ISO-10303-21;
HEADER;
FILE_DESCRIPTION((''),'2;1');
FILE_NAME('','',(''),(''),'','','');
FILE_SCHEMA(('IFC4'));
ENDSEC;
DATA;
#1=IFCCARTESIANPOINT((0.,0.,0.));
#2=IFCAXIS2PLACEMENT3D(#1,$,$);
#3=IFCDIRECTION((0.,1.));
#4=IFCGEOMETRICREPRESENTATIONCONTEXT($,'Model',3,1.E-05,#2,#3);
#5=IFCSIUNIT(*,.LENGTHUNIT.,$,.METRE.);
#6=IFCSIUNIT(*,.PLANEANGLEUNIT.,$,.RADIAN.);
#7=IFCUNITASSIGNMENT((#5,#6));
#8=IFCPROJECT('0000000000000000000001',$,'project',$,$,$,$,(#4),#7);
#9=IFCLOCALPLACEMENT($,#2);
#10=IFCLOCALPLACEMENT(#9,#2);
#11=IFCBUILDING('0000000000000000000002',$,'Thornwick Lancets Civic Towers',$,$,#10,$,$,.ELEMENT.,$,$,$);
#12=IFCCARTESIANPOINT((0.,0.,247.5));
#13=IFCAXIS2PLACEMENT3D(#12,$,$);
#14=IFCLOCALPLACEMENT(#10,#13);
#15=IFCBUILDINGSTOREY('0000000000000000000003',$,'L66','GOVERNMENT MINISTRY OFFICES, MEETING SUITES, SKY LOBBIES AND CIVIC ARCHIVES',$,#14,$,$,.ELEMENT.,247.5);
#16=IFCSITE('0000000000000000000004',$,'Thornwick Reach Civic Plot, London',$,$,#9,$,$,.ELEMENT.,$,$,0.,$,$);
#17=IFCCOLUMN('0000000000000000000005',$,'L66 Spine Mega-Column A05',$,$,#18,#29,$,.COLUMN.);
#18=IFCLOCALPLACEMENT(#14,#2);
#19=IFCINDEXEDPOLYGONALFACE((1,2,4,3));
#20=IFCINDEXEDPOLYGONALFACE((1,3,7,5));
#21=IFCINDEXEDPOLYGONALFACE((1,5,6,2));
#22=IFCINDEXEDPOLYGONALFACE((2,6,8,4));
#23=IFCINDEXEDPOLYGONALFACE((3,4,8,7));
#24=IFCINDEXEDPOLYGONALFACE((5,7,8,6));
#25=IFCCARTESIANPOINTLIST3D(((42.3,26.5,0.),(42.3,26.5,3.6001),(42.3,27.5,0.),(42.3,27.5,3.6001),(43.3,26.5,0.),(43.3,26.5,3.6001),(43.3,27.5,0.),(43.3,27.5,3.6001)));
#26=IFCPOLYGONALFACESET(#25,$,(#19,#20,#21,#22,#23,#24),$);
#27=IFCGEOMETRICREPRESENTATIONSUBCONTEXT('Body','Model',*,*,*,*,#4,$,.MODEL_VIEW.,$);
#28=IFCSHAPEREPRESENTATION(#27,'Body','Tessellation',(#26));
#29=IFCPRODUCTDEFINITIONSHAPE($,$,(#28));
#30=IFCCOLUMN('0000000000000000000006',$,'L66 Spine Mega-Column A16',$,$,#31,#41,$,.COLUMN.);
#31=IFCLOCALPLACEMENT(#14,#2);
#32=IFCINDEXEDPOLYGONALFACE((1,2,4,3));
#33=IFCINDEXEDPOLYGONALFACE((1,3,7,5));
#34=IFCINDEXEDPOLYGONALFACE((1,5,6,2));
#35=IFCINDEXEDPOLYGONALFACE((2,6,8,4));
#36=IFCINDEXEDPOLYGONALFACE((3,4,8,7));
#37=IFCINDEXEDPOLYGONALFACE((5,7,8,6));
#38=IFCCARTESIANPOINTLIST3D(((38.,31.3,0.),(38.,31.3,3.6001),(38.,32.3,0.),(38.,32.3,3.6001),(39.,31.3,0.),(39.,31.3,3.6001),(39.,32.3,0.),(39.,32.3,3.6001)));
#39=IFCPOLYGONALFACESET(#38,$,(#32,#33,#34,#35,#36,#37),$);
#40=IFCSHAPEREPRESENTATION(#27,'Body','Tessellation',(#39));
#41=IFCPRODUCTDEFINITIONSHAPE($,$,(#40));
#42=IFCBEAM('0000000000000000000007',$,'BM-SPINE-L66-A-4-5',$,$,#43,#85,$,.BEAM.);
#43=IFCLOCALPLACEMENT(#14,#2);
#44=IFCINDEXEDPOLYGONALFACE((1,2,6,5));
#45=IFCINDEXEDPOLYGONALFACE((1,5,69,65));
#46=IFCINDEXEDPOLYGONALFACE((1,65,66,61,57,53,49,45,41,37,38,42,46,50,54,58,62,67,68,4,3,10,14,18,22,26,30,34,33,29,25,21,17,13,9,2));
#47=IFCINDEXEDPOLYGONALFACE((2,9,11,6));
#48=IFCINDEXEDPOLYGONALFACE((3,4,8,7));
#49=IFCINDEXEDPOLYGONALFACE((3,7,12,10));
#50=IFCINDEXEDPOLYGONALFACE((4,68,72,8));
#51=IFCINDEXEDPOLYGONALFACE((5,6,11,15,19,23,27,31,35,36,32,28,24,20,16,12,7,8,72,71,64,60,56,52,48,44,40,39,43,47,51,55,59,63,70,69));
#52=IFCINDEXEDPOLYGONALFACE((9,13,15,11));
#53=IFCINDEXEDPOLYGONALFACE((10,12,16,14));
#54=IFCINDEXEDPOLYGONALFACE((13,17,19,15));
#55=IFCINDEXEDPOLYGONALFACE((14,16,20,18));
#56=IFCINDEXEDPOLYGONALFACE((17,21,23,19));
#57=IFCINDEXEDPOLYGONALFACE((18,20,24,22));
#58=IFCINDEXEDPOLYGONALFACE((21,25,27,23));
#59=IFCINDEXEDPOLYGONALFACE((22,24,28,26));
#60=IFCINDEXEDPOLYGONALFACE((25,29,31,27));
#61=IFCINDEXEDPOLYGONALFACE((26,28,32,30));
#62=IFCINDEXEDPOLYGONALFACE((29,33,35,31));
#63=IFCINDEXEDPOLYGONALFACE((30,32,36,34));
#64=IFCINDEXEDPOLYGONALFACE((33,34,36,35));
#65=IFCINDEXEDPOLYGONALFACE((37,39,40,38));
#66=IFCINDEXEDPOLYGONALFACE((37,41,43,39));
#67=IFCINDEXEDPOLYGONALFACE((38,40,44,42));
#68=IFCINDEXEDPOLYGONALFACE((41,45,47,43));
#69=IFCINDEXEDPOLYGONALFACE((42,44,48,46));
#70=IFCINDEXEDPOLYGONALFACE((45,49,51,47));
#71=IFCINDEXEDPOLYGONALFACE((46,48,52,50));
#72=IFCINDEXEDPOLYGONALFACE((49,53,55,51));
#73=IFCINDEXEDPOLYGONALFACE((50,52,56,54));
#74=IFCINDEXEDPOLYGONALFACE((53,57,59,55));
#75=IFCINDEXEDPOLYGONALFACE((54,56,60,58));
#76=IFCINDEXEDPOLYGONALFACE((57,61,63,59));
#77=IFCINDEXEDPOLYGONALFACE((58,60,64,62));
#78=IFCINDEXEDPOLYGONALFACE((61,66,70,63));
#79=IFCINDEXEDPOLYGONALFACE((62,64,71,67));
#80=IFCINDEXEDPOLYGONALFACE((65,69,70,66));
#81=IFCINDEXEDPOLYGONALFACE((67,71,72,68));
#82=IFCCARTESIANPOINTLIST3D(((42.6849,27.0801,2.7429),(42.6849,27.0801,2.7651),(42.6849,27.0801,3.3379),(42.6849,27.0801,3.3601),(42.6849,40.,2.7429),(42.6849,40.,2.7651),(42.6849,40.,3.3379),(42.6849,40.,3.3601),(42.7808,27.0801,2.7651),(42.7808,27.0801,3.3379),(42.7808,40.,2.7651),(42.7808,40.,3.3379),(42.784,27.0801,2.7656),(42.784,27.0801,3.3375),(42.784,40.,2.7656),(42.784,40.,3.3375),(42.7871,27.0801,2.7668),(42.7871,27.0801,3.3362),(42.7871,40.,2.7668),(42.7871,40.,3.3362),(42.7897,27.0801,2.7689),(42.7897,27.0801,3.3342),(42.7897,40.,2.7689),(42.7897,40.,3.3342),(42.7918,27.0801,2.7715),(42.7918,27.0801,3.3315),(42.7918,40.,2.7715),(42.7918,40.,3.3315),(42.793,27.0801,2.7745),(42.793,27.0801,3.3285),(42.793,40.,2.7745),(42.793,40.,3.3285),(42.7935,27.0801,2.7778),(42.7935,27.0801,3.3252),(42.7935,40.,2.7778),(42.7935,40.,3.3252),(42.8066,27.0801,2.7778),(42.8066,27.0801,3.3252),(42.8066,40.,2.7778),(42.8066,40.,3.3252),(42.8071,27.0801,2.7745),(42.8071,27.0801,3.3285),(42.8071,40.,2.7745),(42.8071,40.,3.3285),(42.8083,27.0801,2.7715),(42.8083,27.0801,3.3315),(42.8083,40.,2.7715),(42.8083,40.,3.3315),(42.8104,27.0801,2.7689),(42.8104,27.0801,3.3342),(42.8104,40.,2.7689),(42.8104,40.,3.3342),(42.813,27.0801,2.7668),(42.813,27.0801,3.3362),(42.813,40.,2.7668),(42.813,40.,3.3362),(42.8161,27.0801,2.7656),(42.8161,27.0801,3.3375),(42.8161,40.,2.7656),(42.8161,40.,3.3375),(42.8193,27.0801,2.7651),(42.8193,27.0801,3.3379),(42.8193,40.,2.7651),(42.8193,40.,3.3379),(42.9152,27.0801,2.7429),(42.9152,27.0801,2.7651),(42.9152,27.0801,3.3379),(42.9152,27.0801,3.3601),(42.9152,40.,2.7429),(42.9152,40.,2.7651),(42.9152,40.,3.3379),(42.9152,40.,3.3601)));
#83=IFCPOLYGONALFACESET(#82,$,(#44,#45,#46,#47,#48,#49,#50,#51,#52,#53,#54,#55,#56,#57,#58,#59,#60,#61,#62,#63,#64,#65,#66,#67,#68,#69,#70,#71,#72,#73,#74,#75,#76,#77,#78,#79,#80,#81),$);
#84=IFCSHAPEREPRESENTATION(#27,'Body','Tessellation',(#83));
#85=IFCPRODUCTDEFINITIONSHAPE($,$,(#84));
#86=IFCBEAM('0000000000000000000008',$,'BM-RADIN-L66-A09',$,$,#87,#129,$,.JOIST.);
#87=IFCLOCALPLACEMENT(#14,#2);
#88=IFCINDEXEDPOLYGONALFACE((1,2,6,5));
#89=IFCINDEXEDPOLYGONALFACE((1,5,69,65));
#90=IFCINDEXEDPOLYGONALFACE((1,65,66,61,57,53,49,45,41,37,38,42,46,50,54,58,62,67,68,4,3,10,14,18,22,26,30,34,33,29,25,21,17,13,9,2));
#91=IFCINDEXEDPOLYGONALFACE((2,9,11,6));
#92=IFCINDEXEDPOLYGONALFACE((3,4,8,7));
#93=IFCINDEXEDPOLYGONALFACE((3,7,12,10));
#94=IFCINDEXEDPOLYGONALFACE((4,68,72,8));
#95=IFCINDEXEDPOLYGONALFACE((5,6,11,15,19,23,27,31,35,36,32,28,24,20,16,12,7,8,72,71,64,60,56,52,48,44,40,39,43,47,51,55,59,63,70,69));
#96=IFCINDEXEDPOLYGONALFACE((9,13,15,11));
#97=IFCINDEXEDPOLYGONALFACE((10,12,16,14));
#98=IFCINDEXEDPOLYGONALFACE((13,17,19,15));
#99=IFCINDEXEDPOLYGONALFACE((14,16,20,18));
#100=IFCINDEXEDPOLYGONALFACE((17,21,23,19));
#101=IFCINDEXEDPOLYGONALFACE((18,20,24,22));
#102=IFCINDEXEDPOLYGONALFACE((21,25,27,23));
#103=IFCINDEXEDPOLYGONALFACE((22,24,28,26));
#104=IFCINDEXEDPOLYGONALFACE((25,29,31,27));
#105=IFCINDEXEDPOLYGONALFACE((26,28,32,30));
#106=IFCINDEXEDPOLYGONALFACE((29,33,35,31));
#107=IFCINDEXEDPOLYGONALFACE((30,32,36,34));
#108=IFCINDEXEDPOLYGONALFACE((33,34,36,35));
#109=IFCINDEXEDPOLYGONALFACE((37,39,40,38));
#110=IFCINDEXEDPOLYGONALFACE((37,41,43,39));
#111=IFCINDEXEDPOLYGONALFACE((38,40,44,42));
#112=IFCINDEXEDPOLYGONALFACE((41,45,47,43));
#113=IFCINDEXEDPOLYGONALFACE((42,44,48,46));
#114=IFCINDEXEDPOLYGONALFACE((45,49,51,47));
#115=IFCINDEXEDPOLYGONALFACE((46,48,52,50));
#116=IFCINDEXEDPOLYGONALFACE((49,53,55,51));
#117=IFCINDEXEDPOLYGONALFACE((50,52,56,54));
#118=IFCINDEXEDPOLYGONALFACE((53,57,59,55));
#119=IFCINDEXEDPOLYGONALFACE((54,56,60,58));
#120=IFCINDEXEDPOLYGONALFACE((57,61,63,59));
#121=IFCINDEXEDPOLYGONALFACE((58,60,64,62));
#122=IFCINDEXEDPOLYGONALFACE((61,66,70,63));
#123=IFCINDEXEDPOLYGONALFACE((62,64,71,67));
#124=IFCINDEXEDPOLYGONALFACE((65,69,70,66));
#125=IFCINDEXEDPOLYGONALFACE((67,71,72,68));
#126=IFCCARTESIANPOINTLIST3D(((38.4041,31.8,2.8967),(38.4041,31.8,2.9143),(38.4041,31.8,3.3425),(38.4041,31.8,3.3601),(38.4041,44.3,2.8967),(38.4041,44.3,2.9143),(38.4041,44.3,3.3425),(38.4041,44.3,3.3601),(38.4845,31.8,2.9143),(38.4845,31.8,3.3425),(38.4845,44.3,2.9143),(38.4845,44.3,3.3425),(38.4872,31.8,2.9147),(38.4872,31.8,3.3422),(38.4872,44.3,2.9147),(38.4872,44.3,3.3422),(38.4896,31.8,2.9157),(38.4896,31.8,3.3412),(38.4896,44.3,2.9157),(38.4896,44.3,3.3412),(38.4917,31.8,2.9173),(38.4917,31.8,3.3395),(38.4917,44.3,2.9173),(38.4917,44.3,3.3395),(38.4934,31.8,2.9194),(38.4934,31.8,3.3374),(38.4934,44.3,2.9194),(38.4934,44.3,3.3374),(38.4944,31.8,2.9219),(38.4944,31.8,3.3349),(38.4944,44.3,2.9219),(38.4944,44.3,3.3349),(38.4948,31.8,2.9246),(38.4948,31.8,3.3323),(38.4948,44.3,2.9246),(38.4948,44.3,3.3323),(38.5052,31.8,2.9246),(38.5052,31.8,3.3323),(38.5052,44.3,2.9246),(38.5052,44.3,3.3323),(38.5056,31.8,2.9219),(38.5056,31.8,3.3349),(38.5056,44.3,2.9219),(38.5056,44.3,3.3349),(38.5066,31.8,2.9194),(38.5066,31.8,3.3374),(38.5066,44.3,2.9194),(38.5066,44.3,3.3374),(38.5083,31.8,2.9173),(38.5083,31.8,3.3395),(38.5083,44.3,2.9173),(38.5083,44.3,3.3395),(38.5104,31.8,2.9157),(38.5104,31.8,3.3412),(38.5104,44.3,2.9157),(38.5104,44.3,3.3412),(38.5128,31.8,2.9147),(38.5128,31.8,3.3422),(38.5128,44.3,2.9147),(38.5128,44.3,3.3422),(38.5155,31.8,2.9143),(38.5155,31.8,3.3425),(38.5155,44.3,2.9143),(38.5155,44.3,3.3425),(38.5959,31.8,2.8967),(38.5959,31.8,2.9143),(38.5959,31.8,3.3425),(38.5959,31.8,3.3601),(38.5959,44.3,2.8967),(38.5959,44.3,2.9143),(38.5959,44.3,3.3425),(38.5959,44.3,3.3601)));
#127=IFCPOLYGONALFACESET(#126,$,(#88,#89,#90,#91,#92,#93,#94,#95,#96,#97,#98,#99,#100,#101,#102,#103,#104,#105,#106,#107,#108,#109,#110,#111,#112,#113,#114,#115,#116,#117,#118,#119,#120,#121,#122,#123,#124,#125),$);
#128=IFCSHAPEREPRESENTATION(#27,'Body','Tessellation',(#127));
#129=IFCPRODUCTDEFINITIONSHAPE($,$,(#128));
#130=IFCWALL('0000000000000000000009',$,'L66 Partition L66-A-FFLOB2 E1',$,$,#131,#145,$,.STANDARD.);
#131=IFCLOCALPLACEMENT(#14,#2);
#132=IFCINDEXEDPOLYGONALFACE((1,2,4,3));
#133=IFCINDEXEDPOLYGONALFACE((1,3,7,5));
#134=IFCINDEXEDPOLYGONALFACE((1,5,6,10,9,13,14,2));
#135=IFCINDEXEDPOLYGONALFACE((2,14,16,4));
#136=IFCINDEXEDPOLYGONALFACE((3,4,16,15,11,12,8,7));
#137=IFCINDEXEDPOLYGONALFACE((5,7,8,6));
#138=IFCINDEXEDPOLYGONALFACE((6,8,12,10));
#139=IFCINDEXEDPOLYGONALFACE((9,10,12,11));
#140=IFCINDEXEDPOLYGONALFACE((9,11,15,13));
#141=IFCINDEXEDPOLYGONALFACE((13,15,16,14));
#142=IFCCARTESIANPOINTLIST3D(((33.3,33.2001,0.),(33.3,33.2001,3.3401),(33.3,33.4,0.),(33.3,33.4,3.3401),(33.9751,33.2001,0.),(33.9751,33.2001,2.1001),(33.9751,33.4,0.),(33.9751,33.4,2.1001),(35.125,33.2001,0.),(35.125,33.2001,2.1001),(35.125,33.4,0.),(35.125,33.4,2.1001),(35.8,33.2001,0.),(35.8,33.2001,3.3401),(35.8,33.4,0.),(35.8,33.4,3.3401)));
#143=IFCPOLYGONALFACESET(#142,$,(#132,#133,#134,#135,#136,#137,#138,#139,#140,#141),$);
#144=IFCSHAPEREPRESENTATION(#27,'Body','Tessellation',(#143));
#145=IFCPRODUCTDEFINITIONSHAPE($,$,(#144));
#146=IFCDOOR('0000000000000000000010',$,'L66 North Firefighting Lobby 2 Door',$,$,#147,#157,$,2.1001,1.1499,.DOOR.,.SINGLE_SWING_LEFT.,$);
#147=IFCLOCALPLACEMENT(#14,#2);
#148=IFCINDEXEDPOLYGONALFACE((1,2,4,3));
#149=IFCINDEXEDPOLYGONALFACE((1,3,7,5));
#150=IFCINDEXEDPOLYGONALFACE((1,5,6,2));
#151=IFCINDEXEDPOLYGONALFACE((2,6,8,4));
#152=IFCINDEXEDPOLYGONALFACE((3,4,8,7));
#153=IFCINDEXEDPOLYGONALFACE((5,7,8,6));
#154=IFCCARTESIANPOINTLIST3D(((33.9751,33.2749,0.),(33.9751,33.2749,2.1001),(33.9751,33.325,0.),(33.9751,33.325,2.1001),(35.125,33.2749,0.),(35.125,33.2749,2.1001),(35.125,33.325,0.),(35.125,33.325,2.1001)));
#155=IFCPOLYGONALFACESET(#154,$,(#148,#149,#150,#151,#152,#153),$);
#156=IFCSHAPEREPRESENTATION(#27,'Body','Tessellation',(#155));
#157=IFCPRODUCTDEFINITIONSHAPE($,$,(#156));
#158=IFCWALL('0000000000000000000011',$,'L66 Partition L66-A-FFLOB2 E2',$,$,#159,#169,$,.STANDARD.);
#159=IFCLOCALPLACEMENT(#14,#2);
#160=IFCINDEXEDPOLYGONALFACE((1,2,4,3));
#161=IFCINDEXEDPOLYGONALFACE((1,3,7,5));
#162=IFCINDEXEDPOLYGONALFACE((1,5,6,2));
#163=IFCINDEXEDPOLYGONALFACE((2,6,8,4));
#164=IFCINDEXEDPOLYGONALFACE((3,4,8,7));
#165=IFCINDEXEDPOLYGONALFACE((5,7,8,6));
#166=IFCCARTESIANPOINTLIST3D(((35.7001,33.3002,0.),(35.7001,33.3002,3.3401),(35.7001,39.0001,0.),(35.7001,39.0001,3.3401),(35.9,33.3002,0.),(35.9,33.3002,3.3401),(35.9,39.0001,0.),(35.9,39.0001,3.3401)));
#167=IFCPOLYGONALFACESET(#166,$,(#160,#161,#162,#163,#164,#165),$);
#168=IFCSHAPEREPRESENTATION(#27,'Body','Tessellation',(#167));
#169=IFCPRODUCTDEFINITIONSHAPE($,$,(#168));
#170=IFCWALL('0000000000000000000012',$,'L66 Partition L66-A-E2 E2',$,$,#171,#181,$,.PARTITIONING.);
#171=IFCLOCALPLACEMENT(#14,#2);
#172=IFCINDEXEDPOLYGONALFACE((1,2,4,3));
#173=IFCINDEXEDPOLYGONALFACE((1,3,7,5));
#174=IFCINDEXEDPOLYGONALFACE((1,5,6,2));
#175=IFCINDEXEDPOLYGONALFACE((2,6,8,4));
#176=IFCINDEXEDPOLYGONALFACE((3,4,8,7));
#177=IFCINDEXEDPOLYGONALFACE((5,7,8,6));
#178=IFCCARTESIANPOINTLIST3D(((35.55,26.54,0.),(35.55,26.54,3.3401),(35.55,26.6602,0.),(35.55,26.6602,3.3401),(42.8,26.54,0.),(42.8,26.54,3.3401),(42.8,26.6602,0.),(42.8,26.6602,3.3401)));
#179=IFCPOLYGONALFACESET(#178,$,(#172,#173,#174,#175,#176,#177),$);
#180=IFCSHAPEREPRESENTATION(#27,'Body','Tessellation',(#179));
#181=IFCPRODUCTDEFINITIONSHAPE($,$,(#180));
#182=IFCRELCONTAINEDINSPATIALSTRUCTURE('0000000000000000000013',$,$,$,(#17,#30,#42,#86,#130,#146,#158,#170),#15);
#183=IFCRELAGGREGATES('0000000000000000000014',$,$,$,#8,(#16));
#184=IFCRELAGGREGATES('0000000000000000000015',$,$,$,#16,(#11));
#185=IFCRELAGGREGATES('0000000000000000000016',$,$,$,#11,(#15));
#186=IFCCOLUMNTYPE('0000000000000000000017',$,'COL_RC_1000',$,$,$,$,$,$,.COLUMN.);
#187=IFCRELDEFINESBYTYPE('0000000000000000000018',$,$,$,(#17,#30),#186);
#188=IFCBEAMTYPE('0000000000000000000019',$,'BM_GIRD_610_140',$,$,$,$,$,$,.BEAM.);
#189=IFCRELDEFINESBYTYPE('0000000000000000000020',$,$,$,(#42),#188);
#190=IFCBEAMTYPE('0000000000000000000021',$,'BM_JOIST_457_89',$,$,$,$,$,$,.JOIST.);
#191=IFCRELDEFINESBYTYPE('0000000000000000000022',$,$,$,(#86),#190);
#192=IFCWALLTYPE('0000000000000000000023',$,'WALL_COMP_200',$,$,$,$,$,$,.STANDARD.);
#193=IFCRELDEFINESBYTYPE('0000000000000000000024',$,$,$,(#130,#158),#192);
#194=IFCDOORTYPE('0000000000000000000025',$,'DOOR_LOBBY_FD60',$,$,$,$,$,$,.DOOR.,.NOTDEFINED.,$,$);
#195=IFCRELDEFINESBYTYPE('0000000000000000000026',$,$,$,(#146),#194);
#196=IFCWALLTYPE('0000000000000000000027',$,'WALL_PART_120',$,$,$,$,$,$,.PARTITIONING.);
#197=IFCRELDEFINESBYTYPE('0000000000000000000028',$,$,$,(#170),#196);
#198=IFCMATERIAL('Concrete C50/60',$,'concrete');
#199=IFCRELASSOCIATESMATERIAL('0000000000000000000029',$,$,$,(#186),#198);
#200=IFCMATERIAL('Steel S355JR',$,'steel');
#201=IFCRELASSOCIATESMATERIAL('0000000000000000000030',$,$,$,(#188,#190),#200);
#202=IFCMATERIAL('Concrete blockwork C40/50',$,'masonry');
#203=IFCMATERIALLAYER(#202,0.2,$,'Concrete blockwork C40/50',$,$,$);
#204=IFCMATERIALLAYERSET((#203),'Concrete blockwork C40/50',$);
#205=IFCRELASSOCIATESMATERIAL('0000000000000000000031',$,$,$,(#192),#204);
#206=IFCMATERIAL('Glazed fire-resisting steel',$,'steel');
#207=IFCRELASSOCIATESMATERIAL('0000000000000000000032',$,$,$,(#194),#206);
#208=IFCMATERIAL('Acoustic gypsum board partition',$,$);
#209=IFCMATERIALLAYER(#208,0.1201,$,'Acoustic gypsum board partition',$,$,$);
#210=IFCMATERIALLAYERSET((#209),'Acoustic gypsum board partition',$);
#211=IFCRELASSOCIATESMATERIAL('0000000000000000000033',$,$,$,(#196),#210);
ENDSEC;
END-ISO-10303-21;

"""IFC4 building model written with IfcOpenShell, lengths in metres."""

from ifc_helpers import new_model, si_unit, direction, frame, frame_2d, origin, origin_2d, place, context, subcontext, project, spatial, rectangle, i_section, extrude, material, layer, layer_set, material_profile, profile_set, type_object, element, fill, save


model = new_model("IFC4")

# Units and contexts
model_context = context("Model", 3, precision=1e-05, world=origin(), true_north=direction((0.0, 1.0)))
body_context = subcontext(model_context, "Body", "Model", "MODEL_VIEW")
ifc_project = project(units=[si_unit("LENGTHUNIT", "METRE"), si_unit("PLANEANGLEUNIT", "RADIAN")], contexts=[model_context])

# Site, building, storey
site_placement = place(None, origin())
site = spatial("IfcSite", under=ifc_project, at=site_placement, Name="Thornwick Reach Civic Plot, London", CompositionType="ELEMENT", RefElevation=0.0)
building_placement = place(site_placement, origin())
building = spatial("IfcBuilding", under=site, at=building_placement, Name="Thornwick Lancets Civic Towers", CompositionType="ELEMENT")
storey_placement = place(building_placement, frame((0.0, 0.0, 247.5)))
storey = spatial("IfcBuildingStorey", under=building, at=storey_placement, Name="L66", Description="GOVERNMENT MINISTRY OFFICES, MEETING SUITES, SKY LOBBIES AND CIVIC ARCHIVES", CompositionType="ELEMENT", Elevation=247.5)

# Columns
ifc_material_1 = material(Name="Concrete C50/60", Category="concrete")
ifc_material_profile_1 = material_profile(ifc_material_1, rectangle(XDim=1.0, YDim=1.0, at=origin_2d()), Name="RC 1000x1000")
ifc_profile_set_1 = profile_set([ifc_material_profile_1], Name="Concrete C50/60")
column_type = type_object("IfcColumnType", Name="COL_RC_1000", PredefinedType="COLUMN", material=ifc_profile_set_1)
for number, where, z_axis, x_axis, name in (
    (1, (42.8, 27.0, 0.0), (0.0, 0.0, 1.0), (1.0, 0.0, 0.0), "L66 Spine Mega-Column A05"),
    (2, (38.5, 31.8, 0.0), (0.0, 0.0, 1.0), (1.0, 0.0, 0.0), "L66 Spine Mega-Column A16"),
):
    element("IfcColumn", number, at=place(storey_placement, frame(where, z_axis=z_axis, x_axis=x_axis)), inside=storey, type_object=column_type, Name=name, PredefinedType="COLUMN", context=body_context, shape_type="SweptSolid", body=[
        extrude(rectangle(XDim=1.0, YDim=1.0, at=origin_2d()), origin(), (0.0, 0.0, 1.0), 3.6001),
    ])

# Beams
ifc_material_2 = material(Name="Steel S355JR", Category="steel")
ifc_material_profile_2 = material_profile(ifc_material_2, i_section(OverallWidth=0.2302, OverallDepth=0.6172, WebThickness=0.0132, FlangeThickness=0.0222, FilletRadius=0.0127, at=origin_2d()), Name="UKB 610x229x140")
ifc_profile_set_2 = profile_set([ifc_material_profile_2], Name="Steel S355JR")
beam_type_1 = type_object("IfcBeamType", Name="BM_GIRD_610_140", PredefinedType="BEAM", material=ifc_profile_set_2)
beam_1_placement = place(storey_placement, frame((42.8, 27.0801, 3.0515), z_axis=(0.0, 1.0, 0.0), x_axis=(-1.0, 0.0, 0.0)))
element("IfcBeam", 3, at=beam_1_placement, inside=storey, type_object=beam_type_1, Name="BM-SPINE-L66-A-4-5", PredefinedType="BEAM", context=body_context, shape_type="SweptSolid", body=[
    extrude(i_section(OverallWidth=0.2302, OverallDepth=0.6172, WebThickness=0.0132, FlangeThickness=0.0222, FilletRadius=0.0127, at=origin_2d()), origin(), (0.0, 0.0, 1.0), 12.9199),
])
ifc_material_profile_3 = material_profile(ifc_material_2, i_section(OverallWidth=0.1919, OverallDepth=0.4634, WebThickness=0.0105, FlangeThickness=0.0176, FilletRadius=0.0103, at=origin_2d()), Name="UKB 457x191x89")
ifc_profile_set_3 = profile_set([ifc_material_profile_3], Name="Steel S355JR")
beam_type_2 = type_object("IfcBeamType", Name="BM_JOIST_457_89", PredefinedType="JOIST", material=ifc_profile_set_3)
beam_2_placement = place(storey_placement, frame((38.5, 31.8, 3.1284), z_axis=(0.0, 1.0, 0.0), x_axis=(-1.0, 0.0, 0.0)))
element("IfcBeam", 4, at=beam_2_placement, inside=storey, type_object=beam_type_2, Name="BM-RADIN-L66-A09", PredefinedType="JOIST", context=body_context, shape_type="SweptSolid", body=[
    extrude(i_section(OverallWidth=0.1919, OverallDepth=0.4634, WebThickness=0.0105, FlangeThickness=0.0176, FilletRadius=0.0103, at=origin_2d()), origin(), (0.0, 0.0, 1.0), 12.5),
])

# Wall, opening, door
ifc_material_3 = material(Name="Concrete blockwork C40/50", Category="masonry")
ifc_layer_1 = layer(ifc_material_3, 0.2, Name="Concrete blockwork C40/50")
ifc_layer_set_1 = layer_set([ifc_layer_1], Name="Concrete blockwork C40/50")
wall_type_1 = type_object("IfcWallType", Name="WALL_COMP_200", PredefinedType="STANDARD", material=ifc_layer_set_1)
wall_1_placement = place(storey_placement, frame((33.3, 33.3, 0.0), z_axis=(0.0, 0.0, 1.0), x_axis=(1.0, 0.0, 0.0)))
wall_1 = element("IfcWall", 5, at=wall_1_placement, inside=storey, type_object=wall_type_1, Name="L66 Partition L66-A-FFLOB2 E1", PredefinedType="STANDARD", context=body_context, shape_type="SweptSolid", body=[
    extrude(rectangle(XDim=2.5, YDim=0.2, at=frame_2d((1.25, 0.0))), origin(), (0.0, 0.0, 1.0), 3.3401),
])
opening_1_placement = place(wall_1_placement, frame((0.675, 0.0, 0.0)))
opening_1 = element("IfcOpeningElement", 6, at=opening_1_placement, cuts=wall_1, PredefinedType="OPENING", context=body_context, shape_type="SweptSolid", body=[
    extrude(rectangle(XDim=1.1499, YDim=2.1001, at=frame_2d((0.575, 1.05))), frame((0.0, 0.1099, 0.0), z_axis=(0.0, -1.0, 0.0), x_axis=(1.0, 0.0, 0.0)), (0.0, 0.0, 1.0), 0.22),
])
ifc_material_4 = material(Name="Glazed fire-resisting steel", Category="steel")
door_type_1 = type_object("IfcDoorType", Name="DOOR_LOBBY_FD60", OperationType="NOTDEFINED", PredefinedType="DOOR", material=ifc_material_4)
door_1_placement = place(opening_1_placement, origin())
door_1 = element("IfcDoor", 7, at=door_1_placement, inside=storey, type_object=door_type_1, Name="L66 North Firefighting Lobby 2 Door", OperationType="SINGLE_SWING_LEFT", OverallHeight=2.1001, OverallWidth=1.1499, PredefinedType="DOOR", context=body_context, shape_type="SweptSolid", body=[
    extrude(rectangle(XDim=1.1499, YDim=2.1001, at=frame_2d((0.575, 1.05))), frame((0.0, 0.0249, 0.0), z_axis=(0.0, -1.0, 0.0), x_axis=(1.0, 0.0, 0.0)), (0.0, 0.0, 1.0), 0.05),
])
fill(opening_1, door_1)

# Walls
wall_2_placement = place(storey_placement, frame((35.8, 33.3, 0.0), z_axis=(0.0, 0.0, 1.0), x_axis=(0.0, 1.0, 0.0)))
element("IfcWall", 8, at=wall_2_placement, inside=storey, type_object=wall_type_1, Name="L66 Partition L66-A-FFLOB2 E2", PredefinedType="STANDARD", context=body_context, shape_type="SweptSolid", body=[
    extrude(rectangle(XDim=5.7, YDim=0.2, at=frame_2d((2.8501, 0.0))), origin(), (0.0, 0.0, 1.0), 3.3401),
])
ifc_material_5 = material(Name="Acoustic gypsum board partition")
ifc_layer_2 = layer(ifc_material_5, 0.1201, Name="Acoustic gypsum board partition")
ifc_layer_set_2 = layer_set([ifc_layer_2], Name="Acoustic gypsum board partition")
wall_type_2 = type_object("IfcWallType", Name="WALL_PART_120", PredefinedType="PARTITIONING", material=ifc_layer_set_2)
wall_3_placement = place(storey_placement, frame((35.55, 26.6001, 0.0), z_axis=(0.0, 0.0, 1.0), x_axis=(1.0, 0.0, 0.0)))
element("IfcWall", 9, at=wall_3_placement, inside=storey, type_object=wall_type_2, Name="L66 Partition L66-A-E2 E2", PredefinedType="PARTITIONING", context=body_context, shape_type="SweptSolid", body=[
    extrude(rectangle(XDim=7.25, YDim=0.1201, at=frame_2d((3.625, 0.0))), origin(), (0.0, 0.0, 1.0), 3.3401),
])

save(model, "model.ifc")
